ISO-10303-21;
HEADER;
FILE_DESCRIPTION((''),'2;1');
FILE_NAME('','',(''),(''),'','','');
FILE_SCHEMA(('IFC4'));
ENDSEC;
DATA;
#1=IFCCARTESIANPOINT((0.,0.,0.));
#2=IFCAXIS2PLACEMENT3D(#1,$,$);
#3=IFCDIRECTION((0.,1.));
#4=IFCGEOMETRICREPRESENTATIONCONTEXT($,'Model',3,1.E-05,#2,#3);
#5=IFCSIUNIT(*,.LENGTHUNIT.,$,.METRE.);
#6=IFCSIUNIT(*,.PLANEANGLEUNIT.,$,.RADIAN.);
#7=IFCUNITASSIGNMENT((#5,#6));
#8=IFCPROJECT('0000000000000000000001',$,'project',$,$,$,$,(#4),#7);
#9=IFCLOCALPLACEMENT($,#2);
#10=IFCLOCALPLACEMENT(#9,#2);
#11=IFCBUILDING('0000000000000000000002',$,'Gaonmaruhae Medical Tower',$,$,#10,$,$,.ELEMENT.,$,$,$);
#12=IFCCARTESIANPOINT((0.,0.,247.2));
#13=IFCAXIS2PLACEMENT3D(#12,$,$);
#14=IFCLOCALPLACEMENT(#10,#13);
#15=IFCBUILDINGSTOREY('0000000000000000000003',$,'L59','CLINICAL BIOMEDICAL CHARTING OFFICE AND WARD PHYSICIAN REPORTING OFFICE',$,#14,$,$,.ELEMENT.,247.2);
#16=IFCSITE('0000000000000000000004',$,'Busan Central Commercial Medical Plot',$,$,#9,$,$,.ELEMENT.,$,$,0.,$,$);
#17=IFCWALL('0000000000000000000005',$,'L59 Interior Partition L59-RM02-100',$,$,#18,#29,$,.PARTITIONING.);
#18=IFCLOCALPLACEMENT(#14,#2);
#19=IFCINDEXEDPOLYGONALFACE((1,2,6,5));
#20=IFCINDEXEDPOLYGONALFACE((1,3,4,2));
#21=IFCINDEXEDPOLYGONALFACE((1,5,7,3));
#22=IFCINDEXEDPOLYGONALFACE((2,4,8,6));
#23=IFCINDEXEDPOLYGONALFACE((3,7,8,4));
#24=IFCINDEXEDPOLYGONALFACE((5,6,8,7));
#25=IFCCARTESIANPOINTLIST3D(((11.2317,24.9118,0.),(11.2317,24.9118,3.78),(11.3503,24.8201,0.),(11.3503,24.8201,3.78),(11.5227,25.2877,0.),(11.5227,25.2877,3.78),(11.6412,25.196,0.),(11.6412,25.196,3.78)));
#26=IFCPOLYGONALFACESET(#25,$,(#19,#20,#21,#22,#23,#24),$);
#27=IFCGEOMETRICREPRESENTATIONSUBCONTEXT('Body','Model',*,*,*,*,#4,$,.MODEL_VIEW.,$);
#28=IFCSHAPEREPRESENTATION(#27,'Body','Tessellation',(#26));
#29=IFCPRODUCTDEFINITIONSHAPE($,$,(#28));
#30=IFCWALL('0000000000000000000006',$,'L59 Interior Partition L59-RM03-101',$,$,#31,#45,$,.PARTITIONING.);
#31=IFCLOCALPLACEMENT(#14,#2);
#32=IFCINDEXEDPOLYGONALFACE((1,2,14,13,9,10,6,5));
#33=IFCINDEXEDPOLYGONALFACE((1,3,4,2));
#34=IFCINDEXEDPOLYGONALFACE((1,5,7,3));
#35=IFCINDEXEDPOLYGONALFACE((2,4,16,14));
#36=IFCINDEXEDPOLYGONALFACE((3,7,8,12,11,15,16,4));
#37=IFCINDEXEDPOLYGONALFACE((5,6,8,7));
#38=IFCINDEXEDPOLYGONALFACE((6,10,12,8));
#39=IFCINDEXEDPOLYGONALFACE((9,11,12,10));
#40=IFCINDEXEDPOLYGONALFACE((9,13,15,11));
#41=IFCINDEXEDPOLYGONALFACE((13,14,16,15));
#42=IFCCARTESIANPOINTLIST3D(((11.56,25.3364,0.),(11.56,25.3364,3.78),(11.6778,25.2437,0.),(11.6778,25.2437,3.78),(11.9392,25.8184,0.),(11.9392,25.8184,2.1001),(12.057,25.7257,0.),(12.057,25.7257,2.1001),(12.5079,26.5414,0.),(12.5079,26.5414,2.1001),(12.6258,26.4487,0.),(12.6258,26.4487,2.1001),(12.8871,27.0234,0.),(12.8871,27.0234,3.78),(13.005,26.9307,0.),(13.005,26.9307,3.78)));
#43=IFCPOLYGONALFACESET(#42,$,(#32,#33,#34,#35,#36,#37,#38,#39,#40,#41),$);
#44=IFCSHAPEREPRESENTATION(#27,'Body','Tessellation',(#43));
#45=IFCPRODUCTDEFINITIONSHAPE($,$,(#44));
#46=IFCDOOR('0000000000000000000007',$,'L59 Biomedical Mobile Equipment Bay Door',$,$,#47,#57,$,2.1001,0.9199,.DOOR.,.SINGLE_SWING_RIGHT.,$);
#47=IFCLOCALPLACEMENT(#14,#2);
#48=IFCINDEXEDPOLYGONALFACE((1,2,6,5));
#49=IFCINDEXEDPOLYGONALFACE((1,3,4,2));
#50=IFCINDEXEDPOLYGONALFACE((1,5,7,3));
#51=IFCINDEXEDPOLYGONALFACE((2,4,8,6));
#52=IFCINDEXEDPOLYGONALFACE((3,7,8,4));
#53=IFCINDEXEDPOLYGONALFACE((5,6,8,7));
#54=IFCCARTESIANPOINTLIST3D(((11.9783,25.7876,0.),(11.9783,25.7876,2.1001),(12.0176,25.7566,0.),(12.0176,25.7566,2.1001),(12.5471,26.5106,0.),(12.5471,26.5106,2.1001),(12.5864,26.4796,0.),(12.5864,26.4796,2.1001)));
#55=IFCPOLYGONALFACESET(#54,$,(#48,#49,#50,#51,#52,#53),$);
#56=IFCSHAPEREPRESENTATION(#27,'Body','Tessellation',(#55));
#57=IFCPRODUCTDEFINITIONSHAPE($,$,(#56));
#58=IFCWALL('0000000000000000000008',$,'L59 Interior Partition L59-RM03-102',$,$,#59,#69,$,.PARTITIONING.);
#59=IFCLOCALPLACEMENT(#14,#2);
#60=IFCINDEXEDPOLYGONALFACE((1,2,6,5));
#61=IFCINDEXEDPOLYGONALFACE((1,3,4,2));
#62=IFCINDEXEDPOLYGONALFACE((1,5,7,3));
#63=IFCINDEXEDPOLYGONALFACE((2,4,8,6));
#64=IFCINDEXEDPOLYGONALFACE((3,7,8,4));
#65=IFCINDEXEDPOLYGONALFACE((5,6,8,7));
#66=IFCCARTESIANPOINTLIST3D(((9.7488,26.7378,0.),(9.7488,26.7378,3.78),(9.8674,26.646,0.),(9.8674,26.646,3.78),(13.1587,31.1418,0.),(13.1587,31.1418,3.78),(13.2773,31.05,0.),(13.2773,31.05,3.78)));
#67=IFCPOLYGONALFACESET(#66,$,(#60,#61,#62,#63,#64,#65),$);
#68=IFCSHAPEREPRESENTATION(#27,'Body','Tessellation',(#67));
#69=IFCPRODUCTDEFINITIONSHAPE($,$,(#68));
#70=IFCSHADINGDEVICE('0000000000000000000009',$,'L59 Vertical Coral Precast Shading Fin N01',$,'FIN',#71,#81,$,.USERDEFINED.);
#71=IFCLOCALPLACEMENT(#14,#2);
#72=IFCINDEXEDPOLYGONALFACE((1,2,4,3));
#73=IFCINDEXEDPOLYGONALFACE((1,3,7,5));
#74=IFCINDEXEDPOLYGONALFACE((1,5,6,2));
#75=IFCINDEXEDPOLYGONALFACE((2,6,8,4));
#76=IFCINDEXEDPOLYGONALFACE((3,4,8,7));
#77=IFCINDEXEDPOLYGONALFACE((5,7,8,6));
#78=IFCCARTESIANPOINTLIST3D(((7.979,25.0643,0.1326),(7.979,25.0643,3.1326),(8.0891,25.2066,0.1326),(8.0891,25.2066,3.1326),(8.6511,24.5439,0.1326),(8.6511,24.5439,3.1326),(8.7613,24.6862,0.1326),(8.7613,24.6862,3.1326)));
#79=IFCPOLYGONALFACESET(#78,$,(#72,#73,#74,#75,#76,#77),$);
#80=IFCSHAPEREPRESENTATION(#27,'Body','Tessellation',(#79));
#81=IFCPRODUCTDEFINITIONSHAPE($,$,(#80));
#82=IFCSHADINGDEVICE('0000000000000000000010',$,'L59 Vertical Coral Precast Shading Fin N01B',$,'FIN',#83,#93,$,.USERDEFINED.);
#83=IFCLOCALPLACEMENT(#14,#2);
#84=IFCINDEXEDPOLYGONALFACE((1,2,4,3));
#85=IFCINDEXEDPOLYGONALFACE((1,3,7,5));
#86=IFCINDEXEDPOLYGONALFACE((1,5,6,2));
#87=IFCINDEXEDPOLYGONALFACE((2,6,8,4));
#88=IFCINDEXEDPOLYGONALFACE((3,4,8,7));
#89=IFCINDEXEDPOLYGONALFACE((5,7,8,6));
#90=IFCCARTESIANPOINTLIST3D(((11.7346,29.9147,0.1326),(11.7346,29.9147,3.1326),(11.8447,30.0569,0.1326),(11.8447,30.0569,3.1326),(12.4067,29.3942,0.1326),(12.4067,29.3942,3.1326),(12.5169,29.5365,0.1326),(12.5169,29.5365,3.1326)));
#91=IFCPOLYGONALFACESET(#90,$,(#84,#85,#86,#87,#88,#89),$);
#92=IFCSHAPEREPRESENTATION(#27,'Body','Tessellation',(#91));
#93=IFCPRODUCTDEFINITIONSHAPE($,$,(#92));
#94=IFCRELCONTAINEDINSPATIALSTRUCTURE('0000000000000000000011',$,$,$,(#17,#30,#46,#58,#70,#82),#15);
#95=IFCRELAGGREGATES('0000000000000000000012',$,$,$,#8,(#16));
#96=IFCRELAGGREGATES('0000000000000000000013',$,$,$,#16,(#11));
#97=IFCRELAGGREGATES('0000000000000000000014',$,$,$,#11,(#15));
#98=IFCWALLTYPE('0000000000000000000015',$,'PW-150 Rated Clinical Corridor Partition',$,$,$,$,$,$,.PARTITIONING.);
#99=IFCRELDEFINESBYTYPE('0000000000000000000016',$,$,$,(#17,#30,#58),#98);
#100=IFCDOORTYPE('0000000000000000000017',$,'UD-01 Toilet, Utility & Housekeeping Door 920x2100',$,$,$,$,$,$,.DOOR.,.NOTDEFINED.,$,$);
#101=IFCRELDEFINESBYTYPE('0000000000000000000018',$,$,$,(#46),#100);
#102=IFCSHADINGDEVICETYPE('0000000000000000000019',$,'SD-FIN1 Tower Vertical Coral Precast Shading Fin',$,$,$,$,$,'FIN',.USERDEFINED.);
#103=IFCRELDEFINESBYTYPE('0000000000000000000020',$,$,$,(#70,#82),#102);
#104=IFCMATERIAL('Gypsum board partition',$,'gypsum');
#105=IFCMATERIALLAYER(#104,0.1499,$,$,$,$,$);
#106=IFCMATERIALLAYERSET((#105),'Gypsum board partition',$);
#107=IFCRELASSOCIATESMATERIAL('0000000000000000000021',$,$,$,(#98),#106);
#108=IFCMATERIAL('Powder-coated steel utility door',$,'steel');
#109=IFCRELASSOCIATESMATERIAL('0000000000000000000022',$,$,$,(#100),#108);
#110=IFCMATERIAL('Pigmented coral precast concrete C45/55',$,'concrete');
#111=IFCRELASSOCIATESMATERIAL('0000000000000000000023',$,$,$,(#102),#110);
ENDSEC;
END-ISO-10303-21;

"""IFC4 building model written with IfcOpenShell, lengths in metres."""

from ifc_helpers import new_model, si_unit, direction, frame, frame_2d, origin, origin_2d, place, context, subcontext, project, spatial, rectangle, extrude, material, layer, layer_set, type_object, element, fill, save


model = new_model("IFC4")

# Units and contexts
model_context = context("Model", 3, precision=1e-05, world=origin(), true_north=direction((0.0, 1.0)))
body_context = subcontext(model_context, "Body", "Model", "MODEL_VIEW")
ifc_project = project(units=[si_unit("LENGTHUNIT", "METRE"), si_unit("PLANEANGLEUNIT", "RADIAN")], contexts=[model_context])

# Site, building, storey
site_placement = place(None, origin())
site = spatial("IfcSite", under=ifc_project, at=site_placement, Name="Busan Central Commercial Medical Plot", CompositionType="ELEMENT", RefElevation=0.0)
building_placement = place(site_placement, origin())
building = spatial("IfcBuilding", under=site, at=building_placement, Name="Gaonmaruhae Medical Tower", CompositionType="ELEMENT")
storey_placement = place(building_placement, frame((0.0, 0.0, 247.2)))
storey = spatial("IfcBuildingStorey", under=building, at=storey_placement, Name="L59", Description="CLINICAL BIOMEDICAL CHARTING OFFICE AND WARD PHYSICIAN REPORTING OFFICE", CompositionType="ELEMENT", Elevation=247.2)

# Shared definitions
ifc_material_1 = material(Name="Gypsum board partition", Category="gypsum")
ifc_layer_1 = layer(ifc_material_1, 0.1499)
ifc_layer_set_1 = layer_set([ifc_layer_1], Name="Gypsum board partition")
wall_type_1 = type_object("IfcWallType", Name="PW-150 Rated Clinical Corridor Partition", PredefinedType="PARTITIONING", material=ifc_layer_set_1)

# Wall
wall_1_placement = place(storey_placement, frame((11.582, 25.2419, 0.0), z_axis=(0.0, 0.0, 1.0), x_axis=(-0.61209, -0.790788, 0.0)))
element("IfcWall", 1, at=wall_1_placement, inside=storey, type_object=wall_type_1, Name="L59 Interior Partition L59-RM02-100", PredefinedType="PARTITIONING", context=body_context, shape_type="SweptSolid", body=[
    extrude(rectangle(XDim=0.4753, YDim=0.1499, at=frame_2d((0.2378, 0.0))), origin(), (0.0, 0.0, 1.0), 3.78),
])

# Wall, opening, door
wall_2_placement = place(storey_placement, frame((12.946, 26.9771, 0.0), z_axis=(0.0, 0.0, 1.0), x_axis=(-0.618294, -0.785947, 0.0)))
wall_2 = element("IfcWall", 2, at=wall_2_placement, inside=storey, type_object=wall_type_1, Name="L59 Interior Partition L59-RM03-101", PredefinedType="PARTITIONING", context=body_context, shape_type="SweptSolid", body=[
    extrude(rectangle(XDim=2.1465, YDim=0.1499, at=frame_2d((1.0732, 0.0))), origin(), (0.0, 0.0, 1.0), 3.78),
])
opening_1_placement = place(wall_2_placement, frame((0.6133, 0.0, 0.0)))
opening_1 = element("IfcOpeningElement", 3, at=opening_1_placement, cuts=wall_2, PredefinedType="OPENING", context=body_context, shape_type="SweptSolid", body=[
    extrude(rectangle(XDim=0.9199, YDim=2.1001, at=frame_2d((0.46, 1.05))), frame((0.0, 0.085, 0.0), z_axis=(0.0, -1.0, 0.0), x_axis=(1.0, 0.0, 0.0)), (0.0, 0.0, 1.0), 0.1699),
])
ifc_material_2 = material(Name="Powder-coated steel utility door", Category="steel")
door_type_1 = type_object("IfcDoorType", Name="UD-01 Toilet, Utility & Housekeeping Door 920x2100", OperationType="NOTDEFINED", PredefinedType="DOOR", material=ifc_material_2)
door_1_placement = place(opening_1_placement, origin())
door_1 = element("IfcDoor", 4, at=door_1_placement, inside=storey, type_object=door_type_1, Name="L59 Biomedical Mobile Equipment Bay Door", OperationType="SINGLE_SWING_RIGHT", OverallHeight=2.1001, OverallWidth=0.9199, PredefinedType="DOOR", context=body_context, shape_type="SweptSolid", body=[
    extrude(rectangle(XDim=0.9199, YDim=2.1001, at=frame_2d((0.46, 1.05))), frame((0.0, 0.0249, 0.0), z_axis=(0.0, -1.0, 0.0), x_axis=(1.0, 0.0, 0.0)), (0.0, 0.0, 1.0), 0.05),
])
fill(opening_1, door_1)

# Wall
wall_3_placement = place(storey_placement, frame((9.8081, 26.6919, 0.0), z_axis=(0.0, 0.0, 1.0), x_axis=(0.612209, 0.790696, 0.0)))
element("IfcWall", 5, at=wall_3_placement, inside=storey, type_object=wall_type_1, Name="L59 Interior Partition L59-RM03-102", PredefinedType="PARTITIONING", context=body_context, shape_type="SweptSolid", body=[
    extrude(rectangle(XDim=5.5698, YDim=0.1499, at=frame_2d((2.7849, 0.0))), origin(), (0.0, 0.0, 1.0), 3.78),
])

# Shading devices
ifc_material_3 = material(Name="Pigmented coral precast concrete C45/55", Category="concrete")
shading_device_type = type_object("IfcShadingDeviceType", Name="SD-FIN1 Tower Vertical Coral Precast Shading Fin", ElementType="FIN", PredefinedType="USERDEFINED", material=ifc_material_3)
for number, where, z_axis, x_axis, name in (
    (6, (8.3701, 24.8752, 0.1326), (0.0, 0.0, 1.0), (0.612231, 0.790679, 0.0), "L59 Vertical Coral Precast Shading Fin N01"),
    (7, (12.1257, 29.7256, 0.1326), (0.0, 0.0, 1.0), (0.612231, 0.790679, 0.0), "L59 Vertical Coral Precast Shading Fin N01B"),
):
    element("IfcShadingDevice", number, at=place(storey_placement, frame(where, z_axis=z_axis, x_axis=x_axis)), inside=storey, type_object=shading_device_type, Name=name, ObjectType="FIN", PredefinedType="USERDEFINED", context=body_context, shape_type="SweptSolid", body=[
        extrude(rectangle(XDim=0.1799, YDim=0.8501, at=origin_2d()), origin(), (0.0, 0.0, 1.0), 3.0),
    ])

save(model, "model.ifc")
